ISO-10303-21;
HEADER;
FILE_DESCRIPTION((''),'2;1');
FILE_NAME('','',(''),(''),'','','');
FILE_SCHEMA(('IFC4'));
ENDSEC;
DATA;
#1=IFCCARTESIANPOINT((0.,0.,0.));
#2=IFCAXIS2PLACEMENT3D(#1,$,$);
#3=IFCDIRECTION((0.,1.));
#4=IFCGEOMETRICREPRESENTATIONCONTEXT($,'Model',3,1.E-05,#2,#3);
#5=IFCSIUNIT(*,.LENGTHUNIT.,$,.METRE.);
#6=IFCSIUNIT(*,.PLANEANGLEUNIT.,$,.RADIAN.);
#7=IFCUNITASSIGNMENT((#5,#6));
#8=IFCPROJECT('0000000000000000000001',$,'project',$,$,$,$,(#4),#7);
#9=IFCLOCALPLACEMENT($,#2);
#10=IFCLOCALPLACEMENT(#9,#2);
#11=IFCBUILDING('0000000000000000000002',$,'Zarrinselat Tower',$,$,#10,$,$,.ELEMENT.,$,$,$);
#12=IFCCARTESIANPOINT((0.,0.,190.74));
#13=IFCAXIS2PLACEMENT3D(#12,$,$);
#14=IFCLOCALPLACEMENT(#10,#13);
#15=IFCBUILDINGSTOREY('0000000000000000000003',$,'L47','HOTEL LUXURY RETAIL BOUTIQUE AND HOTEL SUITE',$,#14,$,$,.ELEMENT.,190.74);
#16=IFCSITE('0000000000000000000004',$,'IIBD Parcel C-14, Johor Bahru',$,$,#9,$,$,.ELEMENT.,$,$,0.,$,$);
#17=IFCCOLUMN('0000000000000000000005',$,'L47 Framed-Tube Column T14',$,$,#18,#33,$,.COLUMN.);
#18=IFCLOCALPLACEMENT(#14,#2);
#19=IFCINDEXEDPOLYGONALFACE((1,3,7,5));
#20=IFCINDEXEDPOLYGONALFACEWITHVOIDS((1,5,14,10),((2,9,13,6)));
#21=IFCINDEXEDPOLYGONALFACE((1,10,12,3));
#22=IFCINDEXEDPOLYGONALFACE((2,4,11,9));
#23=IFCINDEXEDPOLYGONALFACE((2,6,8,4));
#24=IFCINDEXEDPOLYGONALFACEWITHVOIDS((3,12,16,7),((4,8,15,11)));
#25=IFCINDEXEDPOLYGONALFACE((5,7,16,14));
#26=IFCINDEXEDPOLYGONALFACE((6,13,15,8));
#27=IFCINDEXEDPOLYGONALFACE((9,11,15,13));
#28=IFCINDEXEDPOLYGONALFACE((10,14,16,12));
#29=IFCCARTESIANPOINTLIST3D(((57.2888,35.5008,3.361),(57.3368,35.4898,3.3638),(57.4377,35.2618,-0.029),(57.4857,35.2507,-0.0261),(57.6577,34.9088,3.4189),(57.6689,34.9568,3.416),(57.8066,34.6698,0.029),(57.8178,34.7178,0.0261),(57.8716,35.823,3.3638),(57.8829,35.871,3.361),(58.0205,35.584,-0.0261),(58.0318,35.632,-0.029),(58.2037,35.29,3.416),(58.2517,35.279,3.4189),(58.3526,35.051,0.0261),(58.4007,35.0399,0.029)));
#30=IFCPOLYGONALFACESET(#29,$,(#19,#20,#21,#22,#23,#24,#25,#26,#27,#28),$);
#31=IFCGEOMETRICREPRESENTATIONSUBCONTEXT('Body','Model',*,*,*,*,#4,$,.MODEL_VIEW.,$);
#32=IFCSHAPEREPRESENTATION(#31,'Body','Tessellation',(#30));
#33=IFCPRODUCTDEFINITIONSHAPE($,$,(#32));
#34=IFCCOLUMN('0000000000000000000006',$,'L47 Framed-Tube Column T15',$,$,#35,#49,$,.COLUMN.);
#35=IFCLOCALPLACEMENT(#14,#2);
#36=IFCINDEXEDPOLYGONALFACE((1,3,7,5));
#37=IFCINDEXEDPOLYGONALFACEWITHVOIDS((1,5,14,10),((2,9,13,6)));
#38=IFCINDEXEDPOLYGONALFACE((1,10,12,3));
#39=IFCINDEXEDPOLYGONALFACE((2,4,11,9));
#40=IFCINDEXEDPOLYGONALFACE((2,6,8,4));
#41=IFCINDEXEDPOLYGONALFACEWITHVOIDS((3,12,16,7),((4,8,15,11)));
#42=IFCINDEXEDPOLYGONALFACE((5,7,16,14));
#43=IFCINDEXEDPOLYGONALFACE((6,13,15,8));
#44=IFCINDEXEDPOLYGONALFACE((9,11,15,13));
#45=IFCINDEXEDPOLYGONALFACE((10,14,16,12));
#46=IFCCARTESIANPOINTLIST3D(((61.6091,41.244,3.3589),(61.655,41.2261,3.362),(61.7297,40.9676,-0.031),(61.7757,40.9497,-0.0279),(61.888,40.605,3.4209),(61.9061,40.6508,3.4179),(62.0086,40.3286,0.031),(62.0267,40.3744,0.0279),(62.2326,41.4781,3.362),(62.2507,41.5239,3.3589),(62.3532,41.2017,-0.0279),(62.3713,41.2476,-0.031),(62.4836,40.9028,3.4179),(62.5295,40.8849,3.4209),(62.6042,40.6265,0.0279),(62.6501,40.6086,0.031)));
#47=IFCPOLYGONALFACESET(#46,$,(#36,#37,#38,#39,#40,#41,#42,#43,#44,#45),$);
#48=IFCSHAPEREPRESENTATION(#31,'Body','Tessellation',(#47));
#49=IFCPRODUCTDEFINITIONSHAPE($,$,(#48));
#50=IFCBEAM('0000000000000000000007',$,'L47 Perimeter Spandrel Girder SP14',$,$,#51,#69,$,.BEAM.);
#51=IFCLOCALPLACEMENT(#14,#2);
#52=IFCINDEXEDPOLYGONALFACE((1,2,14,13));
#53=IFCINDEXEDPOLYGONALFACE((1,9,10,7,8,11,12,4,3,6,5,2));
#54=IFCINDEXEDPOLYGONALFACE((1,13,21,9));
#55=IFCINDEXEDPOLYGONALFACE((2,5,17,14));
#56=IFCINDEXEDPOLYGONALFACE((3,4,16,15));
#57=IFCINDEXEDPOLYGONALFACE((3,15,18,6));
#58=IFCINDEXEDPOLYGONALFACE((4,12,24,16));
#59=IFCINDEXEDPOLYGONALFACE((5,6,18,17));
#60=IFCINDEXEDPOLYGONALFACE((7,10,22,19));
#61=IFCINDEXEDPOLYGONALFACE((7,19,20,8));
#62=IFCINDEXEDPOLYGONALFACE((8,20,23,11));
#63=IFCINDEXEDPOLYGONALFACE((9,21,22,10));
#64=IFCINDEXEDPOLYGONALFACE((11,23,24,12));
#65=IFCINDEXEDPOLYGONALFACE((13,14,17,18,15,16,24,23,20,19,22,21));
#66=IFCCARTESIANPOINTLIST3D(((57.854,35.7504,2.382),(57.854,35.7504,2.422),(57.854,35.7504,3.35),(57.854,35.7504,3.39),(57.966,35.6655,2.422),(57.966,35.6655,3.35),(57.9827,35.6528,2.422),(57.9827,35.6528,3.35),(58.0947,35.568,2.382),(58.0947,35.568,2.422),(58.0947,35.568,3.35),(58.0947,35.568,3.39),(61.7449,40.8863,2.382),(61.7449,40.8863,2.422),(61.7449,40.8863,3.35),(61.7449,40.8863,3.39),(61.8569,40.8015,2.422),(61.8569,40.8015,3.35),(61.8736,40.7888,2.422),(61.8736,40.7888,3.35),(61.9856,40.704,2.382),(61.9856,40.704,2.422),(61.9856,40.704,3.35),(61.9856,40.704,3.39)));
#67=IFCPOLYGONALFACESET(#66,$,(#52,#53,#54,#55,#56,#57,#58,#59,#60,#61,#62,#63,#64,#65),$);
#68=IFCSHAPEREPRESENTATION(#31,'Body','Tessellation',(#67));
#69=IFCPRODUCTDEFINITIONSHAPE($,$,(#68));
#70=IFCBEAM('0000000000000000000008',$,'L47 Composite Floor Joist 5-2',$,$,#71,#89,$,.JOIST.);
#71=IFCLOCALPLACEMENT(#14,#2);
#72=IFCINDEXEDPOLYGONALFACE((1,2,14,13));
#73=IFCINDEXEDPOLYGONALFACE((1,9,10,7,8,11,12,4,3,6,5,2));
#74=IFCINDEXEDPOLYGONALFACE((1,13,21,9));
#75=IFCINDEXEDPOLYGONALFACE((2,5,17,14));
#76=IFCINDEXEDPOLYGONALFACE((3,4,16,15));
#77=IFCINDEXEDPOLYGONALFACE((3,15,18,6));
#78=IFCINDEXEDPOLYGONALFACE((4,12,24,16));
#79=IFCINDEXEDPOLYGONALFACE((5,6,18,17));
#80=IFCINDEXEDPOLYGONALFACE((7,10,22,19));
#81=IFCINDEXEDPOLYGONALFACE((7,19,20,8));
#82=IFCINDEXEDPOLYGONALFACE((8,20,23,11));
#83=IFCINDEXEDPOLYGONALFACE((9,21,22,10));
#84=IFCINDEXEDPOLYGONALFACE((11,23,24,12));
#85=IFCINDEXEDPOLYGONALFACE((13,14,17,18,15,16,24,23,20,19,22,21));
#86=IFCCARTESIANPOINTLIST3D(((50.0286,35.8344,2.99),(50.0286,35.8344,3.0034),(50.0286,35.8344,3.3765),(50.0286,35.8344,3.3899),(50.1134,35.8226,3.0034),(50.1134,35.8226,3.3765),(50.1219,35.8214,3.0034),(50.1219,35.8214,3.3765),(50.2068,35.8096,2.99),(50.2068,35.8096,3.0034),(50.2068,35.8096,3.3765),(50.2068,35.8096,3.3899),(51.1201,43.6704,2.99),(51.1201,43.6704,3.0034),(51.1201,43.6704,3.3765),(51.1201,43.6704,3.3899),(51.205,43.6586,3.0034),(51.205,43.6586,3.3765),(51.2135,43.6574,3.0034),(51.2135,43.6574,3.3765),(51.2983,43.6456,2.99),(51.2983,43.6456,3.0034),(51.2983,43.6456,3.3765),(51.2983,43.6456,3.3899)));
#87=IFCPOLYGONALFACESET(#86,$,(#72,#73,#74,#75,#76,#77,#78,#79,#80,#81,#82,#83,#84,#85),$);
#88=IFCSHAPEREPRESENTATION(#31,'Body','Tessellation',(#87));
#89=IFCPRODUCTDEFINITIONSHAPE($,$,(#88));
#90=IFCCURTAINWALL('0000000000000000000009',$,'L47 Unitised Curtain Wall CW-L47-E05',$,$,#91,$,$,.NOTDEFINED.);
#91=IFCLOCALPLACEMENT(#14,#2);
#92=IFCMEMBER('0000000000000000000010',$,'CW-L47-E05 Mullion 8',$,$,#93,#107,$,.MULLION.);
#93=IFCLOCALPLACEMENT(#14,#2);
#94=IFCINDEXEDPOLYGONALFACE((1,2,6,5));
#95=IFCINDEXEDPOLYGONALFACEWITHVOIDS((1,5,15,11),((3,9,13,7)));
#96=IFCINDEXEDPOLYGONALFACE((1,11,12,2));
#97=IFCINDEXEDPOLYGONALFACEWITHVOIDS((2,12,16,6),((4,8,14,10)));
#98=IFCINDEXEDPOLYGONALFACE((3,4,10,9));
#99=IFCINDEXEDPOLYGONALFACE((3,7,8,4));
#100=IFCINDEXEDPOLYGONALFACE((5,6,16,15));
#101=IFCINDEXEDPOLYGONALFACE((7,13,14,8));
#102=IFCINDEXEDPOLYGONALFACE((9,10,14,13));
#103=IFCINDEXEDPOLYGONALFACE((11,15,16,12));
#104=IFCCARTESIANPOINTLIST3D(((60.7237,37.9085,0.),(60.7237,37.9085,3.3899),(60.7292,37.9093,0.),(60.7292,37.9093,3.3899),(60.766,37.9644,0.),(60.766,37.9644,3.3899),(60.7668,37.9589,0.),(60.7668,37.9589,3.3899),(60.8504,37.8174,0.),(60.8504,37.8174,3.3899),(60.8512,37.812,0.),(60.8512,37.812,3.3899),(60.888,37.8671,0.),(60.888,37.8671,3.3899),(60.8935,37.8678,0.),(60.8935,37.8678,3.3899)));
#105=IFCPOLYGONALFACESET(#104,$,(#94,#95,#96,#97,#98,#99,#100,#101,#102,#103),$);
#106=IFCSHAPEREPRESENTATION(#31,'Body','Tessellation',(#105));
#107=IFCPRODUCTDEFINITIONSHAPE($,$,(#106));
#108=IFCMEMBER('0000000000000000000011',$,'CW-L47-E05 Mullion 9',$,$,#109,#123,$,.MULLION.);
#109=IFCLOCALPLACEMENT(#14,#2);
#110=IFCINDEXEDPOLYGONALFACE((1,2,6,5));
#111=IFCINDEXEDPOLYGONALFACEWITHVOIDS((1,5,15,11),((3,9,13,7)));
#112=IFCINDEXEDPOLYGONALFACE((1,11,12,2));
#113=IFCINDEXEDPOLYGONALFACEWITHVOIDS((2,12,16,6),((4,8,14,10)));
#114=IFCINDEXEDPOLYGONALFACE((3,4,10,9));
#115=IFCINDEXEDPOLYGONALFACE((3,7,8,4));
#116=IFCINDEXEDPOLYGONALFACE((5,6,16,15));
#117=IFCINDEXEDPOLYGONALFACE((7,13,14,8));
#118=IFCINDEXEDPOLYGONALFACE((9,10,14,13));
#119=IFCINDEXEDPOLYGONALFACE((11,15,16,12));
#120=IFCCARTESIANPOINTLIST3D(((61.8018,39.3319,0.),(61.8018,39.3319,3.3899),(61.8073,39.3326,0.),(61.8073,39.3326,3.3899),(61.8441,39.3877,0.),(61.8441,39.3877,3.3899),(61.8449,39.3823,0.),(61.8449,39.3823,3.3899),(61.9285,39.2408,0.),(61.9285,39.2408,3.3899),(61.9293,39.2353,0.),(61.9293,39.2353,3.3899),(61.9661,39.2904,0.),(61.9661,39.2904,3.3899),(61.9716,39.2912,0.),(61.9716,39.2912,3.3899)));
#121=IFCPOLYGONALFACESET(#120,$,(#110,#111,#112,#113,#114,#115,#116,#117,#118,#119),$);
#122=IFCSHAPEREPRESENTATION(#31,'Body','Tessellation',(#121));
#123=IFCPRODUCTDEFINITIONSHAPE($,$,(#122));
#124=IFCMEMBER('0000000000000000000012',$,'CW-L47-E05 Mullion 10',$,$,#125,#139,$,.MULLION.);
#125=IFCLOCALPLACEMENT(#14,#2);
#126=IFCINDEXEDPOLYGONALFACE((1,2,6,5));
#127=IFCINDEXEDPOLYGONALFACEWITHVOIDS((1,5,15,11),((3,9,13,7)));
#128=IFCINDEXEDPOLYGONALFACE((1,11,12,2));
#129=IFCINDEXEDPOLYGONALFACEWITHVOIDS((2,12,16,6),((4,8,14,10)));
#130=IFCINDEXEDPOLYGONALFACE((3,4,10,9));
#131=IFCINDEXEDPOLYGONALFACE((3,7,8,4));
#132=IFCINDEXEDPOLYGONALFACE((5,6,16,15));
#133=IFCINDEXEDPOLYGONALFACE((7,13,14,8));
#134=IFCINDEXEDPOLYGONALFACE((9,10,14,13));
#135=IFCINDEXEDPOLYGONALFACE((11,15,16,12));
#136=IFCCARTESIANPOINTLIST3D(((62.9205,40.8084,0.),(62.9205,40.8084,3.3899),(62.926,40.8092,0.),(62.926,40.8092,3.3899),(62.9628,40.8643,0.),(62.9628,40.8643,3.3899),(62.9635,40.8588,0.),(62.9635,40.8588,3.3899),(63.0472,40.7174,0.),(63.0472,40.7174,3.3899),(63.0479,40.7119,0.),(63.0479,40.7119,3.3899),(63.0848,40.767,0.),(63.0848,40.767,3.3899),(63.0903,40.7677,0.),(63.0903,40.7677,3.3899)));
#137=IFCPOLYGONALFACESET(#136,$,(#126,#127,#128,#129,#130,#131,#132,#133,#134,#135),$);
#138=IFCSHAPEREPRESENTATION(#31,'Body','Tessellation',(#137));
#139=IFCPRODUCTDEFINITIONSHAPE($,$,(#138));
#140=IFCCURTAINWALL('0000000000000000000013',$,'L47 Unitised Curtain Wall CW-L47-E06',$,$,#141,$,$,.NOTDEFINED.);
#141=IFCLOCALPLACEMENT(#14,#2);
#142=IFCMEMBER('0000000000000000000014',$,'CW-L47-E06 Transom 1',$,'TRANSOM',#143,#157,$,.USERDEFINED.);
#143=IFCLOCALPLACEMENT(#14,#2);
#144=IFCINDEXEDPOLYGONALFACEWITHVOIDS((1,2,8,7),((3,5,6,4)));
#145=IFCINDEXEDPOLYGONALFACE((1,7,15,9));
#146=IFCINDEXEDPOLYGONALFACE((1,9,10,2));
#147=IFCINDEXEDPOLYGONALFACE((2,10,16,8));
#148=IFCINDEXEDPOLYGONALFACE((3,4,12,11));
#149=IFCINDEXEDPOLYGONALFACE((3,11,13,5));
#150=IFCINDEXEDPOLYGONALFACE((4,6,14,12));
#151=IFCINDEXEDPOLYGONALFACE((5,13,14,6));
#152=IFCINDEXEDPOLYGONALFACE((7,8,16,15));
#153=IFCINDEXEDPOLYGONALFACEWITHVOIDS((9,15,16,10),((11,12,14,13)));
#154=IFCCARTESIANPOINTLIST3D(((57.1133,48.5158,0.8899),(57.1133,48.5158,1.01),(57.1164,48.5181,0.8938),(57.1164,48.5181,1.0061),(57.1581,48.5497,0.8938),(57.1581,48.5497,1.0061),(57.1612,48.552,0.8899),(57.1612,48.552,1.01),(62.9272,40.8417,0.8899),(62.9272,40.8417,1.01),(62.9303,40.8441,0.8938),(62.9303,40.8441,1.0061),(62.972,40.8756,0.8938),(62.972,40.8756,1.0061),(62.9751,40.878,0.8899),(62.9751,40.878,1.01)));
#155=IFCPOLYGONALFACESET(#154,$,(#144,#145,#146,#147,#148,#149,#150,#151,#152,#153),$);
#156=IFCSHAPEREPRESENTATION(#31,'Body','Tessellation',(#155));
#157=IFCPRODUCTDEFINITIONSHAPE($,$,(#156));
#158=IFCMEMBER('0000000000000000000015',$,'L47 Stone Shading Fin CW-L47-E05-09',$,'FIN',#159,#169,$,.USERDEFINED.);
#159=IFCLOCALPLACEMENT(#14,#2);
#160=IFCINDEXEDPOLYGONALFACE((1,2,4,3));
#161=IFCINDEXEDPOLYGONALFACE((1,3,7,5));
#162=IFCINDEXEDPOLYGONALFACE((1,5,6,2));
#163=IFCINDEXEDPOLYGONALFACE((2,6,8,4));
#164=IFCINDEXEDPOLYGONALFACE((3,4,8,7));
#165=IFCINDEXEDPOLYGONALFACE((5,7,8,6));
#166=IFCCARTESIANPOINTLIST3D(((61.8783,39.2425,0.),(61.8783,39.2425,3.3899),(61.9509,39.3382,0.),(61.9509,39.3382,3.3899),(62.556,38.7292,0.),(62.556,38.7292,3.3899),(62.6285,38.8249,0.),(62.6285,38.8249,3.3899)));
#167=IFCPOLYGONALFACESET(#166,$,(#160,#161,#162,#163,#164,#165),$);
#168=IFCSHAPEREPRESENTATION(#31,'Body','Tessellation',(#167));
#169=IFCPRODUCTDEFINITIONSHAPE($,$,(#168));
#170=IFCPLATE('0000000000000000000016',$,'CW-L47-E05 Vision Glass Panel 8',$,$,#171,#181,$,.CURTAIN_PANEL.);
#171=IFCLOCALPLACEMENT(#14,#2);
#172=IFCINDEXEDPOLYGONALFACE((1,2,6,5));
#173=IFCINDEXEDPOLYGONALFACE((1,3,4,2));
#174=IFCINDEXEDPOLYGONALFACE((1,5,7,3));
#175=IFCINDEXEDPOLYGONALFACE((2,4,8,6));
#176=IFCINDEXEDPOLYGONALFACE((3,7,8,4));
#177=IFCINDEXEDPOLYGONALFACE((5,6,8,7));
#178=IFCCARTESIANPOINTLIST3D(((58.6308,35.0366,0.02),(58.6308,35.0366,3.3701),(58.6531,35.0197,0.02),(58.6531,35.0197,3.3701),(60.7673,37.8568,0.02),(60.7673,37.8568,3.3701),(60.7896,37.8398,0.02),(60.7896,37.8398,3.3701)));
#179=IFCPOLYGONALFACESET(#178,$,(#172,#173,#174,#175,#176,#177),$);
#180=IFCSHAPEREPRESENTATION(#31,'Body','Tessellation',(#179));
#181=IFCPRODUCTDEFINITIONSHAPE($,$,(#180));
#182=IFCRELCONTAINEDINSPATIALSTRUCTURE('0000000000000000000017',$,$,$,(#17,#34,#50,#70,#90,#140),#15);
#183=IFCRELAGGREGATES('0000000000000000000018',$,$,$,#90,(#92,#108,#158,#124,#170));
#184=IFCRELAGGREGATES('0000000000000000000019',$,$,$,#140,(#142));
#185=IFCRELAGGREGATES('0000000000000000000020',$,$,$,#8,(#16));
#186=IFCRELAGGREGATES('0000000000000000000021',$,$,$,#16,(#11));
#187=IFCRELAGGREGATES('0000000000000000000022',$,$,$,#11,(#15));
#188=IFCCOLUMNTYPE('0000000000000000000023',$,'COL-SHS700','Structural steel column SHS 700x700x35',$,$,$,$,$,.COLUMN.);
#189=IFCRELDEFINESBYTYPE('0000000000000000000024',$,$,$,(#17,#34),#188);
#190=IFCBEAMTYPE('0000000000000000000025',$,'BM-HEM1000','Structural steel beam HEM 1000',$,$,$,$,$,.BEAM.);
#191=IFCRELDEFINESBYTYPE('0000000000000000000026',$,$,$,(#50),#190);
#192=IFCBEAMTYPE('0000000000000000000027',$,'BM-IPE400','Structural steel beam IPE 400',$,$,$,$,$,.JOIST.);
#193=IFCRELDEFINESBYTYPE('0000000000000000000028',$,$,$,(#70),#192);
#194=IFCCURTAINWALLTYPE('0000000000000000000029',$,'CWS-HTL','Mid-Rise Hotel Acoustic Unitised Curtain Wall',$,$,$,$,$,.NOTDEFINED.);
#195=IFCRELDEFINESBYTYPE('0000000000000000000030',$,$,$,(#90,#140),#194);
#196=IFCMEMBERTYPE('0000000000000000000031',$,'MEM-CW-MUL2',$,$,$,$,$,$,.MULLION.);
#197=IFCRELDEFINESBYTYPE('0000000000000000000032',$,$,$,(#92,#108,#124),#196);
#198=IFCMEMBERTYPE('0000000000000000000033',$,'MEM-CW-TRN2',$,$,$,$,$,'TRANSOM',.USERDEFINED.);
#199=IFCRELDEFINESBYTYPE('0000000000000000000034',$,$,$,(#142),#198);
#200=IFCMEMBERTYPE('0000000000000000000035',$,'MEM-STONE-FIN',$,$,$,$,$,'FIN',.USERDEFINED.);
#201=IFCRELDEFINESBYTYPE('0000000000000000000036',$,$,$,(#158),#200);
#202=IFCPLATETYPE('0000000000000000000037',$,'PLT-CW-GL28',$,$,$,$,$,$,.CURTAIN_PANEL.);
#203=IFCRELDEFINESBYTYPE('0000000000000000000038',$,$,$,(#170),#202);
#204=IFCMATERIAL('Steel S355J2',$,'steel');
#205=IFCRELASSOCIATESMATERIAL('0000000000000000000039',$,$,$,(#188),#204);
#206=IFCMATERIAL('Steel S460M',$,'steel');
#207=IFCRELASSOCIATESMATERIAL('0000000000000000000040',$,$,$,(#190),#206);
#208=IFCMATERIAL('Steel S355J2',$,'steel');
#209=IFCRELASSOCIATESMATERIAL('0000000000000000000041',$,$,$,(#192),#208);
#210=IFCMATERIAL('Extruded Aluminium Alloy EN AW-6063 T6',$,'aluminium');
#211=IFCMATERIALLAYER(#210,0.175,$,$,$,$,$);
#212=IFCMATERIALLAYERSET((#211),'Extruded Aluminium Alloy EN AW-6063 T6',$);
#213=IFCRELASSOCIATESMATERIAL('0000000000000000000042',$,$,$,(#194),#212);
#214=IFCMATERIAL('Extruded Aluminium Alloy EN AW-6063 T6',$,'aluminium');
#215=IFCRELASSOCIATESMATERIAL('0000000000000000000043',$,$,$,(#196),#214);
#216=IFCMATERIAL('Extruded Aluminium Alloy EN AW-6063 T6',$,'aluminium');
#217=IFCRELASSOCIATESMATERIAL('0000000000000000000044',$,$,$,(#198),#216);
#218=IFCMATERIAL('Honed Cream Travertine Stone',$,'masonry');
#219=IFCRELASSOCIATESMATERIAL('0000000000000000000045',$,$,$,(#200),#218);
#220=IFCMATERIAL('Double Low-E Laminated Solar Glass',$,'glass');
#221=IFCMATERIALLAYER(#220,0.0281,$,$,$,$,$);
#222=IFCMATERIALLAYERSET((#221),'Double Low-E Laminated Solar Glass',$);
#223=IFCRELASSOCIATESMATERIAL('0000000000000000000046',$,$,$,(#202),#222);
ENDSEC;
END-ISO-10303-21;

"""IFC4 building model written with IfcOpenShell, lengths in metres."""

from ifc_helpers import new_model, si_unit, direction, frame, origin, origin_2d, place, context, subcontext, project, spatial, rectangle, hollow_rectangle, i_section, extrude, material, layer, layer_set, material_profile, profile_set, type_object, element, aggregate, save


model = new_model("IFC4")

# Units and contexts
model_context = context("Model", 3, precision=1e-05, world=origin(), true_north=direction((0.0, 1.0)))
body_context = subcontext(model_context, "Body", "Model", "MODEL_VIEW")
ifc_project = project(units=[si_unit("LENGTHUNIT", "METRE"), si_unit("PLANEANGLEUNIT", "RADIAN")], contexts=[model_context])

# Site, building, storey
site_placement = place(None, origin())
site = spatial("IfcSite", under=ifc_project, at=site_placement, Name="IIBD Parcel C-14, Johor Bahru", CompositionType="ELEMENT", RefElevation=0.0)
building_placement = place(site_placement, origin())
building = spatial("IfcBuilding", under=site, at=building_placement, Name="Zarrinselat Tower", CompositionType="ELEMENT")
storey_placement = place(building_placement, frame((0.0, 0.0, 190.74)))
storey = spatial("IfcBuildingStorey", under=building, at=storey_placement, Name="L47", Description="HOTEL LUXURY RETAIL BOUTIQUE AND HOTEL SUITE", CompositionType="ELEMENT", Elevation=190.74)

# Columns
ifc_material_1 = material(Name="Steel S355J2", Category="steel")
ifc_material_profile_1 = material_profile(ifc_material_1, hollow_rectangle(XDim=0.7, YDim=0.7, WallThickness=0.0349, at=origin_2d()), Name="SHS 700x700x35")
ifc_profile_set_1 = profile_set([ifc_material_profile_1], Name="Steel S355J2")
column_type = type_object("IfcColumnType", Name="COL-SHS700", Description="Structural steel column SHS 700x700x35", PredefinedType="COLUMN", material=ifc_profile_set_1)
column_1_placement = place(storey_placement, frame((57.9192, 35.1509, 0.0), z_axis=(-0.043781, 0.070266, 0.996567), x_axis=(-0.848728, -0.52883, 0.0)))
element("IfcColumn", 1, at=column_1_placement, inside=storey, type_object=column_type, Name="L47 Framed-Tube Column T14", PredefinedType="COLUMN", context=body_context, shape_type="SweptSolid", body=[
    extrude(hollow_rectangle(XDim=0.7, YDim=0.7, WallThickness=0.0349, at=origin_2d()), origin(), (0.0, 0.0, 1.0), 3.4016),
])
column_2_placement = place(storey_placement, frame((62.1899, 40.7881, 0.0), z_axis=(-0.035438, 0.081206, 0.996067), x_axis=(-0.916529, -0.399969, 0.0)))
element("IfcColumn", 2, at=column_2_placement, inside=storey, type_object=column_type, Name="L47 Framed-Tube Column T15", PredefinedType="COLUMN", context=body_context, shape_type="SweptSolid", body=[
    extrude(hollow_rectangle(XDim=0.7, YDim=0.7, WallThickness=0.0349, at=origin_2d()), origin(), (0.0, 0.0, 1.0), 3.4033),
])

# Beams
ifc_material_2 = material(Name="Steel S460M", Category="steel")
ifc_material_profile_2 = material_profile(ifc_material_2, i_section(OverallWidth=0.302, OverallDepth=1.0081, WebThickness=0.021, FlangeThickness=0.04, at=origin_2d()), Name="HEM 1000")
ifc_profile_set_2 = profile_set([ifc_material_profile_2], Name="Steel S460M")
beam_type_1 = type_object("IfcBeamType", Name="BM-HEM1000", Description="Structural steel beam HEM 1000", PredefinedType="BEAM", material=ifc_profile_set_2)
beam_1_placement = place(storey_placement, frame((57.9744, 35.6592, 2.886), z_axis=(0.603855, 0.797094, 0.0), x_axis=(-0.797094, 0.603855, 0.0)))
element("IfcBeam", 3, at=beam_1_placement, inside=storey, type_object=beam_type_1, Name="L47 Perimeter Spandrel Girder SP14", PredefinedType="BEAM", context=body_context, shape_type="SweptSolid", body=[
    extrude(i_section(OverallWidth=0.302, OverallDepth=1.0081, WebThickness=0.021, FlangeThickness=0.04, at=origin_2d()), origin(), (0.0, 0.0, 1.0), 6.4434),
])
ifc_material_3 = material(Name="Steel S355J2", Category="steel")
ifc_material_profile_3 = material_profile(ifc_material_3, i_section(OverallWidth=0.1799, OverallDepth=0.3999, WebThickness=0.0085, FlangeThickness=0.0134, at=origin_2d()), Name="IPE 400")
ifc_profile_set_3 = profile_set([ifc_material_profile_3], Name="Steel S355J2")
beam_type_2 = type_object("IfcBeamType", Name="BM-IPE400", Description="Structural steel beam IPE 400", PredefinedType="JOIST", material=ifc_profile_set_3)
beam_2_placement = place(storey_placement, frame((50.1177, 35.822, 3.1899), z_axis=(0.137969, 0.990437, 0.0), x_axis=(-0.990437, 0.137969, 0.0)))
element("IfcBeam", 4, at=beam_2_placement, inside=storey, type_object=beam_type_2, Name="L47 Composite Floor Joist 5-2", PredefinedType="JOIST", context=body_context, shape_type="SweptSolid", body=[
    extrude(i_section(OverallWidth=0.1799, OverallDepth=0.3999, WebThickness=0.0085, FlangeThickness=0.0134, at=origin_2d()), origin(), (0.0, 0.0, 1.0), 7.9116),
])

# Curtain wall, members
ifc_material_4 = material(Name="Extruded Aluminium Alloy EN AW-6063 T6", Category="aluminium")
ifc_layer_1 = layer(ifc_material_4, 0.175)
ifc_layer_set_1 = layer_set([ifc_layer_1], Name="Extruded Aluminium Alloy EN AW-6063 T6")
curtain_wall_type = type_object("IfcCurtainWallType", Name="CWS-HTL", Description="Mid-Rise Hotel Acoustic Unitised Curtain Wall", PredefinedType="NOTDEFINED", material=ifc_layer_set_1)
curtain_wall_1_placement = place(storey_placement, origin())
curtain_wall_1 = element("IfcCurtainWall", 5, at=curtain_wall_1_placement, inside=storey, type_object=curtain_wall_type, Name="L47 Unitised Curtain Wall CW-L47-E05", PredefinedType="NOTDEFINED")
ifc_material_5 = material(Name="Extruded Aluminium Alloy EN AW-6063 T6", Category="aluminium")
ifc_material_profile_4 = material_profile(ifc_material_5, hollow_rectangle(XDim=0.0701, YDim=0.1599, WallThickness=0.0039, at=origin_2d()), Name="RHS 160x70x4")
ifc_profile_set_4 = profile_set([ifc_material_profile_4], Name="Extruded Aluminium Alloy EN AW-6063 T6")
member_type_1 = type_object("IfcMemberType", Name="MEM-CW-MUL2", PredefinedType="MULLION", material=ifc_profile_set_4)
member_1_placement = place(storey_placement, frame((60.8086, 37.8882, 0.0), z_axis=(0.0, 0.0, 1.0), x_axis=(0.603857, 0.797093, 0.0)))
member_1 = element("IfcMember", 6, at=member_1_placement, type_object=member_type_1, Name="CW-L47-E05 Mullion 8", PredefinedType="MULLION", context=body_context, shape_type="SweptSolid", body=[
    extrude(hollow_rectangle(XDim=0.0701, YDim=0.1599, WallThickness=0.0039, at=origin_2d()), origin(), (0.0, 0.0, 1.0), 3.3899),
])
member_2_placement = place(storey_placement, frame((61.8867, 39.3115, 0.0), z_axis=(0.0, 0.0, 1.0), x_axis=(0.603857, 0.797093, 0.0)))
member_2 = element("IfcMember", 7, at=member_2_placement, type_object=member_type_1, Name="CW-L47-E05 Mullion 9", PredefinedType="MULLION", context=body_context, shape_type="SweptSolid", body=[
    extrude(hollow_rectangle(XDim=0.0701, YDim=0.1599, WallThickness=0.0039, at=origin_2d()), origin(), (0.0, 0.0, 1.0), 3.3899),
])
member_3_placement = place(storey_placement, frame((63.0054, 40.7881, 0.0), z_axis=(0.0, 0.0, 1.0), x_axis=(0.603857, 0.797093, 0.0)))
member_3 = element("IfcMember", 8, at=member_3_placement, type_object=member_type_1, Name="CW-L47-E05 Mullion 10", PredefinedType="MULLION", context=body_context, shape_type="SweptSolid", body=[
    extrude(hollow_rectangle(XDim=0.0701, YDim=0.1599, WallThickness=0.0039, at=origin_2d()), origin(), (0.0, 0.0, 1.0), 3.3899),
])

# Curtain wall, member
curtain_wall_2_placement = place(storey_placement, origin())
curtain_wall_2 = element("IfcCurtainWall", 9, at=curtain_wall_2_placement, inside=storey, type_object=curtain_wall_type, Name="L47 Unitised Curtain Wall CW-L47-E06", PredefinedType="NOTDEFINED")
ifc_material_6 = material(Name="Extruded Aluminium Alloy EN AW-6063 T6", Category="aluminium")
ifc_material_profile_5 = material_profile(ifc_material_6, hollow_rectangle(XDim=0.0601, YDim=0.1201, WallThickness=0.0039, at=origin_2d()), Name="RHS 120x60x4")
ifc_profile_set_5 = profile_set([ifc_material_profile_5], Name="Extruded Aluminium Alloy EN AW-6063 T6")
member_type_2 = type_object("IfcMemberType", Name="MEM-CW-TRN2", ElementType="TRANSOM", PredefinedType="USERDEFINED", material=ifc_profile_set_5)
member_4_placement = place(storey_placement, frame((62.9512, 40.8599, 0.95), z_axis=(-0.603876, 0.797078, 0.0), x_axis=(-0.797078, -0.603876, 0.0)))
member_4 = element("IfcMember", 10, at=member_4_placement, type_object=member_type_2, Name="CW-L47-E06 Transom 1", ObjectType="TRANSOM", PredefinedType="USERDEFINED", context=body_context, shape_type="SweptSolid", body=[
    extrude(hollow_rectangle(XDim=0.0601, YDim=0.1201, WallThickness=0.0039, at=origin_2d()), origin(), (0.0, 0.0, 1.0), 9.6277),
])

# Member
ifc_material_7 = material(Name="Honed Cream Travertine Stone", Category="masonry")
ifc_material_profile_6 = material_profile(ifc_material_7, rectangle(XDim=0.1201, YDim=0.8501, at=origin_2d()), Name="FIN 850x120")
ifc_profile_set_6 = profile_set([ifc_material_profile_6], Name="Honed Cream Travertine Stone")
member_type_3 = type_object("IfcMemberType", Name="MEM-STONE-FIN", ElementType="FIN", PredefinedType="USERDEFINED", material=ifc_profile_set_6)
member_5_placement = place(storey_placement, frame((62.2534, 39.0337, 0.0), z_axis=(0.0, 0.0, 1.0), x_axis=(-0.603857, -0.797093, 0.0)))
member_5 = element("IfcMember", 11, at=member_5_placement, type_object=member_type_3, Name="L47 Stone Shading Fin CW-L47-E05-09", ObjectType="FIN", PredefinedType="USERDEFINED", context=body_context, shape_type="SweptSolid", body=[
    extrude(rectangle(XDim=0.1201, YDim=0.8501, at=origin_2d()), origin(), (0.0, 0.0, 1.0), 3.3899),
])

# Plate
ifc_material_8 = material(Name="Double Low-E Laminated Solar Glass", Category="glass")
ifc_layer_2 = layer(ifc_material_8, 0.0281)
ifc_layer_set_2 = layer_set([ifc_layer_2], Name="Double Low-E Laminated Solar Glass")
plate_type = type_object("IfcPlateType", Name="PLT-CW-GL28", PredefinedType="CURTAIN_PANEL", material=ifc_layer_set_2)
plate_1_placement = place(storey_placement, frame((59.7102, 36.4382, 0.02), z_axis=(0.0, 0.0, 1.0), x_axis=(0.603857, 0.797093, 0.0)))
plate_1 = element("IfcPlate", 12, at=plate_1_placement, type_object=plate_type, Name="CW-L47-E05 Vision Glass Panel 8", PredefinedType="CURTAIN_PANEL", context=body_context, shape_type="SweptSolid", body=[
    extrude(rectangle(XDim=3.5381, YDim=0.0281, at=origin_2d()), origin(), (0.0, 0.0, 1.0), 3.3501),
])
aggregate(curtain_wall_1, [member_1, member_2, member_5, member_3, plate_1])
aggregate(curtain_wall_2, [member_4])

save(model, "model.ifc")
